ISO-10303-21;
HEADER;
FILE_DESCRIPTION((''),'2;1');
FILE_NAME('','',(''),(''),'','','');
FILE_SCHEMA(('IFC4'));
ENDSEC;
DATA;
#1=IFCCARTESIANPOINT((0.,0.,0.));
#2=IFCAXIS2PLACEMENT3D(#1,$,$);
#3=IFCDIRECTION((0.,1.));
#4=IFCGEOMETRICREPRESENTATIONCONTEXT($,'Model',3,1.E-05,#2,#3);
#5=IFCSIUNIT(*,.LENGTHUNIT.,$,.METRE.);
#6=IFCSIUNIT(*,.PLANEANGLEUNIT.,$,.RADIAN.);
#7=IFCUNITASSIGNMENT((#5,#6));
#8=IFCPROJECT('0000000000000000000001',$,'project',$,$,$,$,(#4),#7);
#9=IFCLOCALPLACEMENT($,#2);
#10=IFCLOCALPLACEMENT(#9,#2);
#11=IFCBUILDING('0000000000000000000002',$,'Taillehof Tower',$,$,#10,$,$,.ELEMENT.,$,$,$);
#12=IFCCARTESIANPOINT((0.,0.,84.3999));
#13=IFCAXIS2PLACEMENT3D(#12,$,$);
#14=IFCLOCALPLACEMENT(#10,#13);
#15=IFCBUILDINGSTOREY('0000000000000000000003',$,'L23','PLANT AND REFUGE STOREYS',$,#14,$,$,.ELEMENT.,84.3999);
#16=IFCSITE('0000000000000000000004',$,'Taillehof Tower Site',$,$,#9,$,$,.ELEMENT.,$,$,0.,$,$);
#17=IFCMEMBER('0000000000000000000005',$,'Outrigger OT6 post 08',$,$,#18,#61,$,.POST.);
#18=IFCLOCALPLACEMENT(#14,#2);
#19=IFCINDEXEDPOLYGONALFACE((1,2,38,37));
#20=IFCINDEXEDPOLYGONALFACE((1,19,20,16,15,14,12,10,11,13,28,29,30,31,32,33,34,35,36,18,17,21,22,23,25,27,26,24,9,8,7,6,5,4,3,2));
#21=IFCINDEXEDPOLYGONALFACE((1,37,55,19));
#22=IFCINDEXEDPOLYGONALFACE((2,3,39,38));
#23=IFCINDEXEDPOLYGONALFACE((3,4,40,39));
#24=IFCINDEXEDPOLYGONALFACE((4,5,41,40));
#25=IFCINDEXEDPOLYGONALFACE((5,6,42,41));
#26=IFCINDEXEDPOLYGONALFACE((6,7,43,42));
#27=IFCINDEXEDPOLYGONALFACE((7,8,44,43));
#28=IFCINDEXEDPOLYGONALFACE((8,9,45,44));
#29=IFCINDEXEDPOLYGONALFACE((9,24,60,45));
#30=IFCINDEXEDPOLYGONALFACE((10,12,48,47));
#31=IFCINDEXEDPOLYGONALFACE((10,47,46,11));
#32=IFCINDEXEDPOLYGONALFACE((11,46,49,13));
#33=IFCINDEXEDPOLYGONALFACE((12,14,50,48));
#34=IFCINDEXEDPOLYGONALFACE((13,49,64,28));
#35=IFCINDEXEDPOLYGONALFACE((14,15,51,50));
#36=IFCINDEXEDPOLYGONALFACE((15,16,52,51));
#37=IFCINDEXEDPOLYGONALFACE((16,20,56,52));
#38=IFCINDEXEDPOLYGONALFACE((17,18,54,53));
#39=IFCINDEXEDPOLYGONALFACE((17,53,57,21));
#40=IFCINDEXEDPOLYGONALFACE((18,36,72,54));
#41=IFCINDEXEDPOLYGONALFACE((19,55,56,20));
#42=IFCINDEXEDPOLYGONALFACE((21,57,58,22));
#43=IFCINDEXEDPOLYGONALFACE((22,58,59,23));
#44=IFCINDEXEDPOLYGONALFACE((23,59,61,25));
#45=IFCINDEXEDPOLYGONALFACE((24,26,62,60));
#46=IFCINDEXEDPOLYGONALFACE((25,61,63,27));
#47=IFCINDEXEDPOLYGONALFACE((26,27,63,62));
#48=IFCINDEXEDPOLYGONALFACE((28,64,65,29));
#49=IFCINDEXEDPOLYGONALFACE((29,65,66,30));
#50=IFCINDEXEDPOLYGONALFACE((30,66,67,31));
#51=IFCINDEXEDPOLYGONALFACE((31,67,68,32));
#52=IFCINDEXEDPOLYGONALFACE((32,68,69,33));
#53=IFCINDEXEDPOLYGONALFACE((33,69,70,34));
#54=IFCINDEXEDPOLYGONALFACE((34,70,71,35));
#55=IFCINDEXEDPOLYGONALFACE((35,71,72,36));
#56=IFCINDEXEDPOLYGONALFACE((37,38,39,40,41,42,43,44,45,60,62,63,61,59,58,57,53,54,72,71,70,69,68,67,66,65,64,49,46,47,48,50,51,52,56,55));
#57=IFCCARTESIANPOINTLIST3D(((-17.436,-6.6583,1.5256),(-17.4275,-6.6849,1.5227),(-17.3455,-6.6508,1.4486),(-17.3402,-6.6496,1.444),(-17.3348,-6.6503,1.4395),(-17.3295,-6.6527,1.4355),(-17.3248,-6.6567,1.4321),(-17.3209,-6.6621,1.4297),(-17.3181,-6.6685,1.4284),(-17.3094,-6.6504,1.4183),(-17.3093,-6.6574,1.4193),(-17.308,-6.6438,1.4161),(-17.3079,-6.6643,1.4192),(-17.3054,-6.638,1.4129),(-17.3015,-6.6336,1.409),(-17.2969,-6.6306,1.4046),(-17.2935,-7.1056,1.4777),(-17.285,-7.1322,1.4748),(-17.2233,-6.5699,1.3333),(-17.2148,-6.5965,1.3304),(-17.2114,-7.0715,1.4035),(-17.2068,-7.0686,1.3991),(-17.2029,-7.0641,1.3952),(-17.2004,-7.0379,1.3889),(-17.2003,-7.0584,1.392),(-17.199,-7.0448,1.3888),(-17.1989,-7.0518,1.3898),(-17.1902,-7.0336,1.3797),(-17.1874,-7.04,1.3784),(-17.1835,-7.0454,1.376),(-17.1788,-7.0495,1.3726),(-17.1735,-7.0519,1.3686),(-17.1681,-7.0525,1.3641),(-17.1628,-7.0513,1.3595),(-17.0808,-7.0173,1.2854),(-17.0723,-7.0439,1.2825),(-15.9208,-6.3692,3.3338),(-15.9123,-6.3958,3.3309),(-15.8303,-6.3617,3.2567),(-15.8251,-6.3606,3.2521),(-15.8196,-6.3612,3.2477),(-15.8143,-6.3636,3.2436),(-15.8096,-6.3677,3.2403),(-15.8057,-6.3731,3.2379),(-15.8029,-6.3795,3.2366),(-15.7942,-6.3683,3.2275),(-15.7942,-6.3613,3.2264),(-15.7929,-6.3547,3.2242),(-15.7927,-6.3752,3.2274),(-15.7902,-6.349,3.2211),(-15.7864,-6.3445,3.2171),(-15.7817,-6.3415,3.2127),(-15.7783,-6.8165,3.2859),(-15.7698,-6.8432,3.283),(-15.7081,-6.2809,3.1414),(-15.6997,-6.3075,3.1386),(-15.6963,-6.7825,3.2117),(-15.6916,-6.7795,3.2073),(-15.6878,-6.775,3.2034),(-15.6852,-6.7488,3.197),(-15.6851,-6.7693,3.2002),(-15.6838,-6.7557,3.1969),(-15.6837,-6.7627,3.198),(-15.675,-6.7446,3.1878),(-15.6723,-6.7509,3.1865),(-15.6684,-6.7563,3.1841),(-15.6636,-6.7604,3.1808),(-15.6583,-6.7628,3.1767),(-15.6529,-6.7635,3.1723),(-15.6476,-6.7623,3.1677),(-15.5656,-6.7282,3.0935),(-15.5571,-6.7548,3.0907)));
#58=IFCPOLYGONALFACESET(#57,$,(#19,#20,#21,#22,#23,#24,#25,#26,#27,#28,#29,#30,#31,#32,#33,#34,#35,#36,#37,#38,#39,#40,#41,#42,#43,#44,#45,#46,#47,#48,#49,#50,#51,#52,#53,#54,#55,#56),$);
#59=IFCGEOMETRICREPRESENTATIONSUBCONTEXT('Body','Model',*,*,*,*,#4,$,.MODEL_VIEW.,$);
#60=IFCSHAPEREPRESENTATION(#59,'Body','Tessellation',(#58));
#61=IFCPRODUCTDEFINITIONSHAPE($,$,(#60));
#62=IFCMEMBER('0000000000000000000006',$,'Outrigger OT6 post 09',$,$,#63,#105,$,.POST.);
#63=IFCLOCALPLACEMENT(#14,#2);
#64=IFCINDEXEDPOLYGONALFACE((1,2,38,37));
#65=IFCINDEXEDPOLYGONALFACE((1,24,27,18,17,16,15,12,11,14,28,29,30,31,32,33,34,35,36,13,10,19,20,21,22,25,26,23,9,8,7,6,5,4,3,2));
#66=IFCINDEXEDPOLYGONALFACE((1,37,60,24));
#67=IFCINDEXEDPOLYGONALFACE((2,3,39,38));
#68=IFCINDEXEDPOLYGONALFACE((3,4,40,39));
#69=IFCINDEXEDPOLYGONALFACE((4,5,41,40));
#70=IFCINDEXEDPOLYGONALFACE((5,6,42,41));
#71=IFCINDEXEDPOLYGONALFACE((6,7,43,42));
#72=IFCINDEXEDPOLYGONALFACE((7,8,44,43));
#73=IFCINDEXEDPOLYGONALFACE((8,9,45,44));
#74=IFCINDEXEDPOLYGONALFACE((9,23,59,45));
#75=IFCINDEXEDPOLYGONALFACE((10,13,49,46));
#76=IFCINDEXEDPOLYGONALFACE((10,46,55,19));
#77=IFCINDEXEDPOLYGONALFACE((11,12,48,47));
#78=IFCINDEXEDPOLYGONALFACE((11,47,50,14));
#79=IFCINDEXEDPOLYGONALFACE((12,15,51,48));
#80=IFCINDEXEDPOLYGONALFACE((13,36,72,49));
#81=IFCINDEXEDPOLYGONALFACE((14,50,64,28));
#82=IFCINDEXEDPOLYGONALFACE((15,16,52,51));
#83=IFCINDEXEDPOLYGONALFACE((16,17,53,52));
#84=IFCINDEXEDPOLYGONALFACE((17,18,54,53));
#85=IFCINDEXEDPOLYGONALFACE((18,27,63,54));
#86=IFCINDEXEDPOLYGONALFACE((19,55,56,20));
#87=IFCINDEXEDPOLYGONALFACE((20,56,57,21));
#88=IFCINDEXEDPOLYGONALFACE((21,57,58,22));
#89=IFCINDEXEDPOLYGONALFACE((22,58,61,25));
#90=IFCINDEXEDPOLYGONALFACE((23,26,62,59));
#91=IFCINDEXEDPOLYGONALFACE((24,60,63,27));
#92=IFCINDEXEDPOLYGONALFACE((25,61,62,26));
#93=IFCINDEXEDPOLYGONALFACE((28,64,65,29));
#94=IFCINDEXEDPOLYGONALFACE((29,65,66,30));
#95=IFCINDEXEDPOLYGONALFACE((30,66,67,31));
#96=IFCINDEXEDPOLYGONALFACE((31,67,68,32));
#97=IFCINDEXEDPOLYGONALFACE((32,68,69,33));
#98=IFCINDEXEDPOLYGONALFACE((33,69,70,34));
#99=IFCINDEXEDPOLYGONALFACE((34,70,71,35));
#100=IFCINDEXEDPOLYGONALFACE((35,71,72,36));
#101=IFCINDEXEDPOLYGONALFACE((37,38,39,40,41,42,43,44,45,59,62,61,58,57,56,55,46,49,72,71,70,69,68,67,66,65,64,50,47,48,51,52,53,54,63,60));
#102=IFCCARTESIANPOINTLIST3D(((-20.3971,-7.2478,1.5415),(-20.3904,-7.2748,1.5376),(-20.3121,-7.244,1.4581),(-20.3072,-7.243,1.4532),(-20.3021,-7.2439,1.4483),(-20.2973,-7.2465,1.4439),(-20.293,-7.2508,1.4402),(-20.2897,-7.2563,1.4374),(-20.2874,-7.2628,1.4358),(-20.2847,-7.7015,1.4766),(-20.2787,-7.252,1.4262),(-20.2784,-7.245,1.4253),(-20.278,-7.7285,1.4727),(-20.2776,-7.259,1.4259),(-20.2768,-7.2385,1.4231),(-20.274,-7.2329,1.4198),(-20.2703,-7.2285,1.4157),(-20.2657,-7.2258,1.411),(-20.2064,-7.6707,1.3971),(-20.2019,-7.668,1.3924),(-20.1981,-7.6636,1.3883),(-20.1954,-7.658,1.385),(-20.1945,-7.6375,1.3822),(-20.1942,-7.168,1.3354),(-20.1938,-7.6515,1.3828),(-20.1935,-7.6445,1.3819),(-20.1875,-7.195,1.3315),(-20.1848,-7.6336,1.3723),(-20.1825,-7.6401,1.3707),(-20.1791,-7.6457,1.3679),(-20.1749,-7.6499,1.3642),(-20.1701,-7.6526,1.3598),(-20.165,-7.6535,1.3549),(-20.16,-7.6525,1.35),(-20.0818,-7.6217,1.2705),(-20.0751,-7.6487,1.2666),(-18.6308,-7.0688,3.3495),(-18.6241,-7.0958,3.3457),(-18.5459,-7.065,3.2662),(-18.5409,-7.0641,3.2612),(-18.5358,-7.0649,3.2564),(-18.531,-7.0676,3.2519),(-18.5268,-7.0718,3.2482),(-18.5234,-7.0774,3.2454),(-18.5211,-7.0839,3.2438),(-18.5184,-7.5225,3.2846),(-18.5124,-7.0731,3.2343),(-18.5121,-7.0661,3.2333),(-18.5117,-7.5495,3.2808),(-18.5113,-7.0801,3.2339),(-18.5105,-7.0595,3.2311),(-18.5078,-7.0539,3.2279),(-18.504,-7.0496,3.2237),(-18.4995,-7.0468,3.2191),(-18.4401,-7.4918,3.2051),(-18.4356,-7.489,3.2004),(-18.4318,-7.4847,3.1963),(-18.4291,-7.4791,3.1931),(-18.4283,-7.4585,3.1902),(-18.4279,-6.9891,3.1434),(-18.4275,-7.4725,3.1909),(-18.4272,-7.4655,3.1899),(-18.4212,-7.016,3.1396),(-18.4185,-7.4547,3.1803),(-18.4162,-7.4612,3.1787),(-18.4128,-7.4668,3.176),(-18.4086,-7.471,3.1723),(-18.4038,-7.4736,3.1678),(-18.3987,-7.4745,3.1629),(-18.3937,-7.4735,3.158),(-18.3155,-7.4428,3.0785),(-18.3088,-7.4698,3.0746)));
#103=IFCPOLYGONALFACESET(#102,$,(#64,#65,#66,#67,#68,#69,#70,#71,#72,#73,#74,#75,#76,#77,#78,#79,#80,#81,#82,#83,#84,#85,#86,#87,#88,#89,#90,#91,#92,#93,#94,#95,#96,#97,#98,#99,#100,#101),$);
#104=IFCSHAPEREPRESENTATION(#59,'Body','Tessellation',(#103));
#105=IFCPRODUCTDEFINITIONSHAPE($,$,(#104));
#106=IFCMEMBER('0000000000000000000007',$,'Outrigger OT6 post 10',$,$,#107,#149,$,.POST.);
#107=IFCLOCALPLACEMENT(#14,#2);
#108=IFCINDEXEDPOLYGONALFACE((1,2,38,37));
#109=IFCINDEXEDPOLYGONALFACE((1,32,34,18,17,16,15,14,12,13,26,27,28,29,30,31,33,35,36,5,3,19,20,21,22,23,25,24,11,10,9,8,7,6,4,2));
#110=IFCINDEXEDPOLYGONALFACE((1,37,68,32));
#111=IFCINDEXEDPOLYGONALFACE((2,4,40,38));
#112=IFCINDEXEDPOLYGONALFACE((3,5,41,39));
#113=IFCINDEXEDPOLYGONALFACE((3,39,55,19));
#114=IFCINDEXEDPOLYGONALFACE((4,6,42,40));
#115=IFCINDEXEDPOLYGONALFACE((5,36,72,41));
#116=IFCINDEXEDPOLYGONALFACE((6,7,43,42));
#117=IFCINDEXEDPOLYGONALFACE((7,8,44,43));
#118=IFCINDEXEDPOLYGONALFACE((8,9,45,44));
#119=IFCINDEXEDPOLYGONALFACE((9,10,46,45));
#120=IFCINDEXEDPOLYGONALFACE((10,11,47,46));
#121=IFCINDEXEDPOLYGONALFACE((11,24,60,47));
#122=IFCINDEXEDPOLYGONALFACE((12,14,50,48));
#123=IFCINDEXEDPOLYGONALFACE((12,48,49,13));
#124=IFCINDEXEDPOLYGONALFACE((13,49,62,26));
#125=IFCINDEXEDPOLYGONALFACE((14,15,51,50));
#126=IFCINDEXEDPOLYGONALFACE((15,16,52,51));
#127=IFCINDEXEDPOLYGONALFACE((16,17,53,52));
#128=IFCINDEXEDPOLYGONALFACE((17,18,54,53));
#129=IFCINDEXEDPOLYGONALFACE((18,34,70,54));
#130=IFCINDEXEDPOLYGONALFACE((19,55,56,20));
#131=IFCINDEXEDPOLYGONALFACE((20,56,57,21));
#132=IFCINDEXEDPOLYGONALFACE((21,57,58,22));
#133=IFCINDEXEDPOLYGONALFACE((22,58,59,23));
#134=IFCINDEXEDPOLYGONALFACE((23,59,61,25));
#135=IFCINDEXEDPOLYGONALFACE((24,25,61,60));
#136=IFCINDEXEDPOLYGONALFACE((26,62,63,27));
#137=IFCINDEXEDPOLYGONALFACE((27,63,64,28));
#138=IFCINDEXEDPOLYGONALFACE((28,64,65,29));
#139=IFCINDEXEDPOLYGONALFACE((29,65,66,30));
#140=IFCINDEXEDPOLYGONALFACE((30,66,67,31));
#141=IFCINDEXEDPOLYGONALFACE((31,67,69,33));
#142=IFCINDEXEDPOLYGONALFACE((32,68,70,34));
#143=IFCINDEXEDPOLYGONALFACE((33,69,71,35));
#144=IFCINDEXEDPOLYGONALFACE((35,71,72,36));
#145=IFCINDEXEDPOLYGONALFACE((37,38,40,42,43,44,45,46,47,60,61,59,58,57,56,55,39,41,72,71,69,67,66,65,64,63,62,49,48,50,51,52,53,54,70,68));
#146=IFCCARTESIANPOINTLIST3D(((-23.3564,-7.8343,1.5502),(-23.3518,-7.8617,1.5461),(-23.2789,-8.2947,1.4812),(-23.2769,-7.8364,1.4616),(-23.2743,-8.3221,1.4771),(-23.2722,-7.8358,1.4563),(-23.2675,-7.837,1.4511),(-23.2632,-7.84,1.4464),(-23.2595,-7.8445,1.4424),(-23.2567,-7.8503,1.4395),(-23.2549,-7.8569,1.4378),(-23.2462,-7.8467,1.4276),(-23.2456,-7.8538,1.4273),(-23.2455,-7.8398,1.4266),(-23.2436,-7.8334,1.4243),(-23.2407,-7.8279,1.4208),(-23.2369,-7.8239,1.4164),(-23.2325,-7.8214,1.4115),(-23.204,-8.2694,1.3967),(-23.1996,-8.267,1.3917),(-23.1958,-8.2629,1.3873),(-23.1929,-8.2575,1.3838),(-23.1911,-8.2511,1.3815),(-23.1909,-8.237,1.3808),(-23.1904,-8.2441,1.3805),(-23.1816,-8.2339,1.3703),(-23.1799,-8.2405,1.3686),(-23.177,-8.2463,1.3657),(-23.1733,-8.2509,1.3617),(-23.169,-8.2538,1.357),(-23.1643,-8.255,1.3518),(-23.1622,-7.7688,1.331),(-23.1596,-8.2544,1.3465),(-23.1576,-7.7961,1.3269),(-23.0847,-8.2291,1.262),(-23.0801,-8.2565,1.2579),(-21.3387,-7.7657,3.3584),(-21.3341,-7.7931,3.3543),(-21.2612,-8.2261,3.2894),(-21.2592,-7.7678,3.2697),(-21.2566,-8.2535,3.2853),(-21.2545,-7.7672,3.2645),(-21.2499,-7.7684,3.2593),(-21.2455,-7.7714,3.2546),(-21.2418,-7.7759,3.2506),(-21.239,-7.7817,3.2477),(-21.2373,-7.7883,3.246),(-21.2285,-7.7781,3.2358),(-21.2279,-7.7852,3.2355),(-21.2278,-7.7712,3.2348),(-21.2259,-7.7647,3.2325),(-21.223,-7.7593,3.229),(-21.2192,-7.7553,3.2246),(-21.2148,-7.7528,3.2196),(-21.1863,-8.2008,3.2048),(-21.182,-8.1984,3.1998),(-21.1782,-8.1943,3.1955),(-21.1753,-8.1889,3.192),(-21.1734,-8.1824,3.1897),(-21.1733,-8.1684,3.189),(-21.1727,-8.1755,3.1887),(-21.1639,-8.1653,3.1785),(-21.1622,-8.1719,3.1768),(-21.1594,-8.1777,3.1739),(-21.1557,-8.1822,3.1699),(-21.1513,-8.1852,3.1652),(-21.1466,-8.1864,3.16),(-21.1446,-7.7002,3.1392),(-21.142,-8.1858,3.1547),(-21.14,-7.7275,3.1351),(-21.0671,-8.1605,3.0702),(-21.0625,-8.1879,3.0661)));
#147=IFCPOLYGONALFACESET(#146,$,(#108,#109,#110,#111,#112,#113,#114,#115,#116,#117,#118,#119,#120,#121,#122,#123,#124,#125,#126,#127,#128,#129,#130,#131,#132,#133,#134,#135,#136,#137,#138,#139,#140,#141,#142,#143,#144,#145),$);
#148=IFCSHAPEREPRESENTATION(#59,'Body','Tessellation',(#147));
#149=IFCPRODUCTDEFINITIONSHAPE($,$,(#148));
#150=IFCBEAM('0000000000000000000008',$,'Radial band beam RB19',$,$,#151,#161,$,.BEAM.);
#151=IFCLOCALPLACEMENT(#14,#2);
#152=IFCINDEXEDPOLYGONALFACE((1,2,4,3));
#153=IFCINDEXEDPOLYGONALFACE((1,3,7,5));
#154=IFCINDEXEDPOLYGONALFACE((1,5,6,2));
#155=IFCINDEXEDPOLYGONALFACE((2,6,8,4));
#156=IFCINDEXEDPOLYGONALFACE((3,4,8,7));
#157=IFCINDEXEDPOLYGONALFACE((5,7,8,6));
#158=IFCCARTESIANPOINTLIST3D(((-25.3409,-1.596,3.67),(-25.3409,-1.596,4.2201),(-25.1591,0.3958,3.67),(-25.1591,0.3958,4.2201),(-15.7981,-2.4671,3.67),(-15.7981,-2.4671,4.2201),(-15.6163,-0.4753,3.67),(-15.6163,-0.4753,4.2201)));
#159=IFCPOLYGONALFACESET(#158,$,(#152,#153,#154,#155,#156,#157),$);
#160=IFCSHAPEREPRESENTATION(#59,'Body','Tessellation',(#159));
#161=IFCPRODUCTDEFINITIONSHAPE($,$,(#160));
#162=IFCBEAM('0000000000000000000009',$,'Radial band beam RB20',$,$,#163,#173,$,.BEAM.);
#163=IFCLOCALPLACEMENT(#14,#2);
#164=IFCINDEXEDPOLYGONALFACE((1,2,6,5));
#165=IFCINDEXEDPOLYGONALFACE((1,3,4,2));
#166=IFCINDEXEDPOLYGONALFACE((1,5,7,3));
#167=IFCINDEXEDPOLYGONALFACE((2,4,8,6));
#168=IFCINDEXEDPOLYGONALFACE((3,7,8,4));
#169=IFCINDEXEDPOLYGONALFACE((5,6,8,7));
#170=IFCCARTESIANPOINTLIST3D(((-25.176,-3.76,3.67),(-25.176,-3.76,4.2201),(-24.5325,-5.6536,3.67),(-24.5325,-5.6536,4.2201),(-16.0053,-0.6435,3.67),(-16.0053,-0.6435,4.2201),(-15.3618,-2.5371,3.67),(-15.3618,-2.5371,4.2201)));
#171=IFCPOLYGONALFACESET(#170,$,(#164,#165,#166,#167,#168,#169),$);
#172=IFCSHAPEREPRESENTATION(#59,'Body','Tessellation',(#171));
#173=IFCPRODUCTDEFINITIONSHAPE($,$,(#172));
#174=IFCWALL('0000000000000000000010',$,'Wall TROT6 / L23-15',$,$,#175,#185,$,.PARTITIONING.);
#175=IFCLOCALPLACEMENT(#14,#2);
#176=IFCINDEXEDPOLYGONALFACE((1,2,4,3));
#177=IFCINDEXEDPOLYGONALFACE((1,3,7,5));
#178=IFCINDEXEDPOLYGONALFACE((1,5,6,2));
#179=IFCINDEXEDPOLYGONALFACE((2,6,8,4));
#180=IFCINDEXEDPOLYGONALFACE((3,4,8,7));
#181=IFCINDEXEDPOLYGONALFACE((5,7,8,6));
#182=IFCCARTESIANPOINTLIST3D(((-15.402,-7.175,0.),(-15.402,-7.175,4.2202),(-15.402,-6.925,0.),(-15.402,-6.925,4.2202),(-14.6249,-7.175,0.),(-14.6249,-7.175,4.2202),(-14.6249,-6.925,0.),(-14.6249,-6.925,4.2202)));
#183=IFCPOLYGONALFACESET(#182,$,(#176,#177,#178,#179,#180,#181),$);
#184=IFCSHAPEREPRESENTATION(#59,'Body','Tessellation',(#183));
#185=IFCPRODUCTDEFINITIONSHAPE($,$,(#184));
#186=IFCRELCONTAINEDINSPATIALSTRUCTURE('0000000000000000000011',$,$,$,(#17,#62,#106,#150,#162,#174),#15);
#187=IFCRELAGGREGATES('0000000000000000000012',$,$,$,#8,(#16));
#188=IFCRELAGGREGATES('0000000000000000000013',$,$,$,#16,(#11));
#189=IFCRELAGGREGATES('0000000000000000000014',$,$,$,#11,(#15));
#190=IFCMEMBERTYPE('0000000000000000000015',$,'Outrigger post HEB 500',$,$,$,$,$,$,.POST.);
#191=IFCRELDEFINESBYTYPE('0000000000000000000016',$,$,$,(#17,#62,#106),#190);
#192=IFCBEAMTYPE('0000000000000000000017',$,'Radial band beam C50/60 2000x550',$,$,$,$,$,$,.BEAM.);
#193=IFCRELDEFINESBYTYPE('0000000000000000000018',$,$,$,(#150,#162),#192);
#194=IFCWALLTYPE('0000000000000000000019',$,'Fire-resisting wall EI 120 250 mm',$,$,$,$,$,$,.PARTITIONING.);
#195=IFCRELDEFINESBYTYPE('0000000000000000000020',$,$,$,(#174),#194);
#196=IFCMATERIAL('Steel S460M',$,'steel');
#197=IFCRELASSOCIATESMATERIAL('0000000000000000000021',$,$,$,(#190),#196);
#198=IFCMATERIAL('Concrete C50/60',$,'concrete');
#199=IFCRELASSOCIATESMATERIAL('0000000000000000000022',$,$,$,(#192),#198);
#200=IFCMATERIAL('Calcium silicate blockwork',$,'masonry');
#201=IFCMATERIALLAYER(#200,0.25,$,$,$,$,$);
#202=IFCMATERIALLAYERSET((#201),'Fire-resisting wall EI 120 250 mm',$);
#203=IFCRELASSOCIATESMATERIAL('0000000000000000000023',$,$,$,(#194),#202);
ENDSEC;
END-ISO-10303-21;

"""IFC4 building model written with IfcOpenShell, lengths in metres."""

from ifc_helpers import new_model, si_unit, direction, frame, frame_2d, origin, origin_2d, place, context, subcontext, project, spatial, rectangle, i_section, extrude, material, layer, layer_set, material_profile, profile_set, type_object, element, save


model = new_model("IFC4")

# Units and contexts
model_context = context("Model", 3, precision=1e-05, world=origin(), true_north=direction((0.0, 1.0)))
body_context = subcontext(model_context, "Body", "Model", "MODEL_VIEW")
ifc_project = project(units=[si_unit("LENGTHUNIT", "METRE"), si_unit("PLANEANGLEUNIT", "RADIAN")], contexts=[model_context])

# Site, building, storey
site_placement = place(None, origin())
site = spatial("IfcSite", under=ifc_project, at=site_placement, Name="Taillehof Tower Site", CompositionType="ELEMENT", RefElevation=0.0)
building_placement = place(site_placement, origin())
building = spatial("IfcBuilding", under=site, at=building_placement, Name="Taillehof Tower", CompositionType="ELEMENT")
storey_placement = place(building_placement, frame((0.0, 0.0, 84.3999)))
storey = spatial("IfcBuildingStorey", under=building, at=storey_placement, Name="L23", Description="PLANT AND REFUGE STOREYS", CompositionType="ELEMENT", Elevation=84.3999)

# Members
ifc_material_1 = material(Name="Steel S460M", Category="steel")
ifc_material_profile_1 = material_profile(ifc_material_1, i_section(OverallWidth=0.3, OverallDepth=0.5, WebThickness=0.0144, FlangeThickness=0.0281, FilletRadius=0.0271, at=origin_2d()), Name="HEB 500")
ifc_profile_set_1 = profile_set([ifc_material_profile_1], Name="Steel S460M")
member_type_1 = type_object("IfcMemberType", Name="Outrigger post HEB 500", PredefinedType="POST", material=ifc_profile_set_1)
member_1_placement = place(storey_placement, frame((-17.2542, -6.8511, 1.4041), z_axis=(0.637511, 0.121626, 0.760781), x_axis=(-0.708797, -0.294444, 0.641023)))
element("IfcMember", 1, at=member_1_placement, inside=storey, type_object=member_type_1, Name="Outrigger OT6 post 08", PredefinedType="POST", context=body_context, shape_type="SweptSolid", body=[
    extrude(i_section(OverallWidth=0.3, OverallDepth=0.5, WebThickness=0.0144, FlangeThickness=0.0281, FilletRadius=0.0271, at=origin_2d()), origin(), (0.0, 0.0, 1.0), 2.3767),
])
member_2_placement = place(storey_placement, frame((-20.2361, -7.4482, 1.4041), z_axis=(0.697056, 0.070621, 0.713531), x_axis=(-0.676294, -0.265842, 0.68699)))
element("IfcMember", 2, at=member_2_placement, inside=storey, type_object=member_type_1, Name="Outrigger OT6 post 09", PredefinedType="POST", context=body_context, shape_type="SweptSolid", body=[
    extrude(i_section(OverallWidth=0.3, OverallDepth=0.5, WebThickness=0.0144, FlangeThickness=0.0281, FilletRadius=0.0271, at=origin_2d()), origin(), (0.0, 0.0, 1.0), 2.5339),
])
member_3_placement = place(storey_placement, frame((-23.2183, -8.0454, 1.4041), z_axis=(0.74447, 0.025314, 0.667176), x_axis=(-0.647143, -0.218438, 0.730404)))
element("IfcMember", 3, at=member_3_placement, inside=storey, type_object=member_type_1, Name="Outrigger OT6 post 10", PredefinedType="POST", context=body_context, shape_type="SweptSolid", body=[
    extrude(i_section(OverallWidth=0.3, OverallDepth=0.5, WebThickness=0.0144, FlangeThickness=0.0281, FilletRadius=0.0271, at=origin_2d()), origin(), (0.0, 0.0, 1.0), 2.7102),
])

# Beams
ifc_material_2 = material(Name="Concrete C50/60", Category="concrete")
ifc_material_profile_2 = material_profile(ifc_material_2, rectangle(XDim=2.0, YDim=0.55, at=origin_2d()), Name="RC 2000x550")
ifc_profile_set_2 = profile_set([ifc_material_profile_2], Name="Concrete C50/60")
beam_type = type_object("IfcBeamType", Name="Radial band beam C50/60 2000x550", PredefinedType="BEAM", material=ifc_profile_set_2)
beam_1_placement = place(storey_placement, frame((-25.25, -0.6001, 3.9451), z_axis=(0.99586, -0.090906, 0.0), x_axis=(0.090906, 0.99586, 0.0)))
element("IfcBeam", 4, at=beam_1_placement, inside=storey, type_object=beam_type, Name="Radial band beam RB19", PredefinedType="BEAM", context=body_context, shape_type="SweptSolid", body=[
    extrude(rectangle(XDim=2.0, YDim=0.55, at=origin_2d()), origin(), (0.0, 0.0, 1.0), 9.5825),
])
beam_2_placement = place(storey_placement, frame((-24.8542, -4.7068, 3.9451), z_axis=(0.946822, 0.321758, 0.0), x_axis=(-0.321758, 0.946822, 0.0)))
element("IfcBeam", 5, at=beam_2_placement, inside=storey, type_object=beam_type, Name="Radial band beam RB20", PredefinedType="BEAM", context=body_context, shape_type="SweptSolid", body=[
    extrude(rectangle(XDim=2.0, YDim=0.55, at=origin_2d()), origin(), (0.0, 0.0, 1.0), 9.6858),
])

# Wall
ifc_material_3 = material(Name="Calcium silicate blockwork", Category="masonry")
ifc_layer_1 = layer(ifc_material_3, 0.25)
ifc_layer_set_1 = layer_set([ifc_layer_1], Name="Fire-resisting wall EI 120 250 mm")
wall_type_1 = type_object("IfcWallType", Name="Fire-resisting wall EI 120 250 mm", PredefinedType="PARTITIONING", material=ifc_layer_set_1)
wall_1_placement = place(storey_placement, frame((-15.4021, -7.05, 0.0), z_axis=(0.0, 0.0, 1.0), x_axis=(1.0, 0.0, 0.0)))
element("IfcWall", 6, at=wall_1_placement, inside=storey, type_object=wall_type_1, Name="Wall TROT6 / L23-15", PredefinedType="PARTITIONING", context=body_context, shape_type="SweptSolid", body=[
    extrude(rectangle(XDim=0.7771, YDim=0.25, at=frame_2d((0.3887, 0.0))), origin(), (0.0, 0.0, 1.0), 4.2202),
])

save(model, "model.ifc")
